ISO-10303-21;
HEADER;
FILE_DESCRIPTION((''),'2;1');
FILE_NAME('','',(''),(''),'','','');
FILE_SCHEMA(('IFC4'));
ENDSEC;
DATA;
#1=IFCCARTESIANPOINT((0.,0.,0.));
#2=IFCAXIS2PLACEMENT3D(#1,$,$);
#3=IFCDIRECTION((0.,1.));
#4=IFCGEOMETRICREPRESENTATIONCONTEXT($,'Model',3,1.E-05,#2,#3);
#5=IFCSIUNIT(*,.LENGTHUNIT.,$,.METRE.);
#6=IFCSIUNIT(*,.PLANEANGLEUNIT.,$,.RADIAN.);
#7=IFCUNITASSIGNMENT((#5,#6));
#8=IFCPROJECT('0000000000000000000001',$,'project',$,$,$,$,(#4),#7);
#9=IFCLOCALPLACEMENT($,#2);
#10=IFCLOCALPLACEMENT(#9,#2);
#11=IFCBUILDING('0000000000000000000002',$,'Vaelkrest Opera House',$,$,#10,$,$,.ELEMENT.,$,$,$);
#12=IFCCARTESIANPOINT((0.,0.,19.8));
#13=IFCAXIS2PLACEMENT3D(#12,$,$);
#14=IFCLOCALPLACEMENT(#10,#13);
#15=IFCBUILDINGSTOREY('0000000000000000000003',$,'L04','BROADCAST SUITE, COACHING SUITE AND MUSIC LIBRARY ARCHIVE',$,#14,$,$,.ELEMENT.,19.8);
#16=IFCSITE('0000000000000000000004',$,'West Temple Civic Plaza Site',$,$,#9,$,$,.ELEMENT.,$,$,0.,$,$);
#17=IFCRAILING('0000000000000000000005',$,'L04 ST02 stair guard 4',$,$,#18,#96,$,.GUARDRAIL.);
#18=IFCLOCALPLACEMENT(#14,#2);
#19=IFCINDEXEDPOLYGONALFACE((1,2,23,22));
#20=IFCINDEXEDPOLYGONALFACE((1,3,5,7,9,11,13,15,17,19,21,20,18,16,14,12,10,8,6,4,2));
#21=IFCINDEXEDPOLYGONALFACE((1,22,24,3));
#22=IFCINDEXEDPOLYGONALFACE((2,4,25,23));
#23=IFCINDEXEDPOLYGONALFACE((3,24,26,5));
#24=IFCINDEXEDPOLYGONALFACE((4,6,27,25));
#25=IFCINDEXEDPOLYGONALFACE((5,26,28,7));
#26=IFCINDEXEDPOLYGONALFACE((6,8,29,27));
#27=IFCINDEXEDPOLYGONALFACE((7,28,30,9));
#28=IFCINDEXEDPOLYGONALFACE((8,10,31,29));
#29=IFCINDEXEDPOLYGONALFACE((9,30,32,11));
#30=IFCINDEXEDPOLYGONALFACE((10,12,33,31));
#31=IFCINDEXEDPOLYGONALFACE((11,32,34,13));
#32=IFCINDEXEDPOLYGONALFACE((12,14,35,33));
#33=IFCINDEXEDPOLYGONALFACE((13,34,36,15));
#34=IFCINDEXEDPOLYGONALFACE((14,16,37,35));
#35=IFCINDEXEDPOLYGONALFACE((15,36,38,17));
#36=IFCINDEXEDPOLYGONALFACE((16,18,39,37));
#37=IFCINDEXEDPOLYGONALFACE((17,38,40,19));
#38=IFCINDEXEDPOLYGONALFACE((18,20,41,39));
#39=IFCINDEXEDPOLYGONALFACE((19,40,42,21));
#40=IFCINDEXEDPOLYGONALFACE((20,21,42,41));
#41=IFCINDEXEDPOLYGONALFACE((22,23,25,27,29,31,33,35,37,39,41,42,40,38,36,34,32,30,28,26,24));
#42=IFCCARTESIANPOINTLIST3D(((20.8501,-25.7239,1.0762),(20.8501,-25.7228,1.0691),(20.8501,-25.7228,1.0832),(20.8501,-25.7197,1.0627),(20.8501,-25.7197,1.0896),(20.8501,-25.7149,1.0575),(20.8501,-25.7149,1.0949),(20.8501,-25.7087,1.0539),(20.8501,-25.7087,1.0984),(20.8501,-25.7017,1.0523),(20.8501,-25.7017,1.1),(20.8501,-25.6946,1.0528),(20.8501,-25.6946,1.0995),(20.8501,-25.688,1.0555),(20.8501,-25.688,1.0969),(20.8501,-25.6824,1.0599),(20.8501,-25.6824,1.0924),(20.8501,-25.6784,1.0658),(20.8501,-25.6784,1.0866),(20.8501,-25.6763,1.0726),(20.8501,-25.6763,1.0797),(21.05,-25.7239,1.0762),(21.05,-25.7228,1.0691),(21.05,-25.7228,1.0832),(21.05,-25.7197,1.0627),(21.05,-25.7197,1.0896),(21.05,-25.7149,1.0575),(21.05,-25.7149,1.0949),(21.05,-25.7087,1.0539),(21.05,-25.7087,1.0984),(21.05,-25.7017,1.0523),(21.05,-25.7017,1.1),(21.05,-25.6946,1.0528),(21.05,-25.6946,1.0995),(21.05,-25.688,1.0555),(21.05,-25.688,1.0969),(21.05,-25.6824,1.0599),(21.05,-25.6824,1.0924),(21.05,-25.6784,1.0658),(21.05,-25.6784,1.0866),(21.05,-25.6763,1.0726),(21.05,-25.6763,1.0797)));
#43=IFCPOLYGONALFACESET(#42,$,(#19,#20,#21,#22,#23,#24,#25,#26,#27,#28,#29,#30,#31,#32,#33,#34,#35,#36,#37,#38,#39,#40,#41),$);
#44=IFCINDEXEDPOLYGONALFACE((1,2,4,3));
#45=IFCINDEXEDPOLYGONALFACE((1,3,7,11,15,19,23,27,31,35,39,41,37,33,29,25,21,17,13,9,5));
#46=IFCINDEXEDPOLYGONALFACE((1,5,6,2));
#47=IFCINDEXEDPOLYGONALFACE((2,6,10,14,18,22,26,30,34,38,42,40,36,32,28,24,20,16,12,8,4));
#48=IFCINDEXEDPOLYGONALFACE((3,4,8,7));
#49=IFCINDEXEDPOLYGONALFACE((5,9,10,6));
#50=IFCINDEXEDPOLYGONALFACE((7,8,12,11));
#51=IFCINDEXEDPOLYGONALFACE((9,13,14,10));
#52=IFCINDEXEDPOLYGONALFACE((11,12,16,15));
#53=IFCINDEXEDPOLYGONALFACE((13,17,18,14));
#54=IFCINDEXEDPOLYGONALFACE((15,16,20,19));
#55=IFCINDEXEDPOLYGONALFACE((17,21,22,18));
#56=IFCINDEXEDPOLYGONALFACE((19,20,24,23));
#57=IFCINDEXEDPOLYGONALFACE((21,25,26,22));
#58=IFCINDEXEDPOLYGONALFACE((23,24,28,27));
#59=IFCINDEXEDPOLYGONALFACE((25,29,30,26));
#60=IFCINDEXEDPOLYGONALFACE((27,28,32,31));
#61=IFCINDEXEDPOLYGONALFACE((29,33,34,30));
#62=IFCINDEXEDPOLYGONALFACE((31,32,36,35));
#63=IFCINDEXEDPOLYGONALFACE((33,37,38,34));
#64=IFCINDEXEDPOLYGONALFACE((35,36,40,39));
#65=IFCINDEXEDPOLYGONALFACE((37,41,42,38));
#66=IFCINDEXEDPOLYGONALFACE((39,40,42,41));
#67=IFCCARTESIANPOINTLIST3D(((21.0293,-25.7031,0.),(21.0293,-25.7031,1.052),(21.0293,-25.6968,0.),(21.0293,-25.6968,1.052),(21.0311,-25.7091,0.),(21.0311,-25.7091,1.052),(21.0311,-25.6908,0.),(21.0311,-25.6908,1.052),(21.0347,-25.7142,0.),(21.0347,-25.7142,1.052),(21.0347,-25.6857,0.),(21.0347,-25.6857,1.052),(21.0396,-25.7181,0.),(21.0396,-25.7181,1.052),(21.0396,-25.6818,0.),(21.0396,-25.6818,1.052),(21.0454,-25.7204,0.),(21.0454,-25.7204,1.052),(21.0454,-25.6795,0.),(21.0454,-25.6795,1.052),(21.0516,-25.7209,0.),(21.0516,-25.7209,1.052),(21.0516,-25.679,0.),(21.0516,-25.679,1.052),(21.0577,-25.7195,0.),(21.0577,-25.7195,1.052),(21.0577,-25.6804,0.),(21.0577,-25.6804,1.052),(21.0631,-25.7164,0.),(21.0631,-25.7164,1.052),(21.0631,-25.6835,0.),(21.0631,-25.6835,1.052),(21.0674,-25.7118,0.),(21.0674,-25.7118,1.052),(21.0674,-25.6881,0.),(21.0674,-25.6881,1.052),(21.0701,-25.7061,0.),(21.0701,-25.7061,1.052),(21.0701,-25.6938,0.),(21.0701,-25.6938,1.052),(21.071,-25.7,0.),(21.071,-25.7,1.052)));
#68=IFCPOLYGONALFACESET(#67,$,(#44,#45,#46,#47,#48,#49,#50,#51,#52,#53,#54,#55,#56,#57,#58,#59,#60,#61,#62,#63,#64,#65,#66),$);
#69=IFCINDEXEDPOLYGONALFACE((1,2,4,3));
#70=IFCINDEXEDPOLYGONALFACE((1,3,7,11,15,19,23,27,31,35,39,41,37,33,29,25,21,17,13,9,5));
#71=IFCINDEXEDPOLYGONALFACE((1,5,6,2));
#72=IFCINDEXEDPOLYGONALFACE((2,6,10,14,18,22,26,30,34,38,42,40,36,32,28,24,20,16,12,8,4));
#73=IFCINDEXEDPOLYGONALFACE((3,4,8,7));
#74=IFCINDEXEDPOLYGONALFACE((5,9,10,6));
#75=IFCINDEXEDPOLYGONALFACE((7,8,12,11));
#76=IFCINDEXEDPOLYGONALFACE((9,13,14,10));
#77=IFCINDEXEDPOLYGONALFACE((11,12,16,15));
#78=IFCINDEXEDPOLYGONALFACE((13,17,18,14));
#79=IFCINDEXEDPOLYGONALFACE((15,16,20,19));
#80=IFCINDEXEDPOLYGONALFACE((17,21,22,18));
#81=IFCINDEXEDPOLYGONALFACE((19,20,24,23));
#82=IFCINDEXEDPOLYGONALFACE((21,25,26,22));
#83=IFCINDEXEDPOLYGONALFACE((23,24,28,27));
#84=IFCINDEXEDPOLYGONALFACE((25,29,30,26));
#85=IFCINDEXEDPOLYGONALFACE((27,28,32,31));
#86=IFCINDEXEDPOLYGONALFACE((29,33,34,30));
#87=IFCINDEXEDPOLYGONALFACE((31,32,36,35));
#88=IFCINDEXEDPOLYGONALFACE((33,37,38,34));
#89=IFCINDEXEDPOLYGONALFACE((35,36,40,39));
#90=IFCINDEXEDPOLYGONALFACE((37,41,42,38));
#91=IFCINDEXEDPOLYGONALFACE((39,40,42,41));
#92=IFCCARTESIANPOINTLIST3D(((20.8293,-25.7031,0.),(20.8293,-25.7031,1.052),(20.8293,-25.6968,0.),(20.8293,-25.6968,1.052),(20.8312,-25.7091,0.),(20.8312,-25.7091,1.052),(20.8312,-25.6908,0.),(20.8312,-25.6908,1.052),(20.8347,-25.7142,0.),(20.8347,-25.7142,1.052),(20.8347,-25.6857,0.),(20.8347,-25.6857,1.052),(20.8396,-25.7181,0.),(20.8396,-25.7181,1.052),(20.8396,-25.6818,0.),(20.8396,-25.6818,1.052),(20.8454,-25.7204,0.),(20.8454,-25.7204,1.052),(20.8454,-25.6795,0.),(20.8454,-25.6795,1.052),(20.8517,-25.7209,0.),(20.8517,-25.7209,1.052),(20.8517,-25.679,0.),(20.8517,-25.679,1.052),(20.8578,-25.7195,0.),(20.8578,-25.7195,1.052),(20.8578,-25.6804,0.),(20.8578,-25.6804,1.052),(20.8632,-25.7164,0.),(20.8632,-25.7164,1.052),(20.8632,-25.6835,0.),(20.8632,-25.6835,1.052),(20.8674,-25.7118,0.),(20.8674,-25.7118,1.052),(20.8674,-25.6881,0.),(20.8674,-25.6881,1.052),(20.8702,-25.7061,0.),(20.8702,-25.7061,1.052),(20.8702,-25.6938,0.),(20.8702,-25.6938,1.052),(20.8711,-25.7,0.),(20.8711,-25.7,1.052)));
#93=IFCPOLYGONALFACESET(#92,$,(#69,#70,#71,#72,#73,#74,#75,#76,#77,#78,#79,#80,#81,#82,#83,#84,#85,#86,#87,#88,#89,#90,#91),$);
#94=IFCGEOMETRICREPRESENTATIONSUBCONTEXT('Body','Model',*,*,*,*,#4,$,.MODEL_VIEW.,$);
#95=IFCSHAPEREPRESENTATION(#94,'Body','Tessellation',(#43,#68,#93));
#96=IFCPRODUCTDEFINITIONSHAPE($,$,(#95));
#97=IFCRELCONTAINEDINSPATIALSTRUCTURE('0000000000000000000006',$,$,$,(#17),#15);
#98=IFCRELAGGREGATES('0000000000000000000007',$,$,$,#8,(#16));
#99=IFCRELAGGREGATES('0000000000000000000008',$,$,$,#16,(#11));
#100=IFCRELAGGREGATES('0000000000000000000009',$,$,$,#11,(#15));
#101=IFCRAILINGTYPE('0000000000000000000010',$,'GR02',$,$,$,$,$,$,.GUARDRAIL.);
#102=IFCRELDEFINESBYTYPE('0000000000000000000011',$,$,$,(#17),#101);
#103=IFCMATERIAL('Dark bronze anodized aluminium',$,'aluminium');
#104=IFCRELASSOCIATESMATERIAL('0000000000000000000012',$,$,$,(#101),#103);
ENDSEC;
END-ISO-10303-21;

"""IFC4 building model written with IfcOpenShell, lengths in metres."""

from ifc_helpers import new_model, si_unit, direction, frame, origin, origin_2d, place, context, subcontext, project, spatial, circle, extrude, material, type_object, element, save


model = new_model("IFC4")

# Units and contexts
model_context = context("Model", 3, precision=1e-05, world=origin(), true_north=direction((0.0, 1.0)))
body_context = subcontext(model_context, "Body", "Model", "MODEL_VIEW")
ifc_project = project(units=[si_unit("LENGTHUNIT", "METRE"), si_unit("PLANEANGLEUNIT", "RADIAN")], contexts=[model_context])

# Site, building, storey
site_placement = place(None, origin())
site = spatial("IfcSite", under=ifc_project, at=site_placement, Name="West Temple Civic Plaza Site", CompositionType="ELEMENT", RefElevation=0.0)
building_placement = place(site_placement, origin())
building = spatial("IfcBuilding", under=site, at=building_placement, Name="Vaelkrest Opera House", CompositionType="ELEMENT")
storey_placement = place(building_placement, frame((0.0, 0.0, 19.8)))
storey = spatial("IfcBuildingStorey", under=building, at=storey_placement, Name="L04", Description="BROADCAST SUITE, COACHING SUITE AND MUSIC LIBRARY ARCHIVE", CompositionType="ELEMENT", Elevation=19.8)

# Shared definitions
ifc_material_1 = material(Name="Dark bronze anodized aluminium", Category="aluminium")

# Railing
railing_type_1 = type_object("IfcRailingType", Name="GR02", PredefinedType="GUARDRAIL", material=ifc_material_1)
railing_1_placement = place(storey_placement, frame((21.05, -25.7, 0.0)))
element("IfcRailing", 1, at=railing_1_placement, inside=storey, type_object=railing_type_1, Name="L04 ST02 stair guard 4", PredefinedType="GUARDRAIL", context=body_context, shape_type="SweptSolid", body=[
    extrude(circle(Radius=0.0239, at=origin_2d()), frame((0.0, 0.0, 1.0762), z_axis=(-1.0, 0.0, 0.0), x_axis=(0.0, -1.0, 0.0)), (0.0, 0.0, 1.0), 0.2),
    extrude(circle(Radius=0.021, at=origin_2d()), origin(), (0.0, 0.0, 1.0), 1.052),
    extrude(circle(Radius=0.021, at=origin_2d()), frame((-0.2, 0.0, 0.0)), (0.0, 0.0, 1.0), 1.052),
])

save(model, "model.ifc")
